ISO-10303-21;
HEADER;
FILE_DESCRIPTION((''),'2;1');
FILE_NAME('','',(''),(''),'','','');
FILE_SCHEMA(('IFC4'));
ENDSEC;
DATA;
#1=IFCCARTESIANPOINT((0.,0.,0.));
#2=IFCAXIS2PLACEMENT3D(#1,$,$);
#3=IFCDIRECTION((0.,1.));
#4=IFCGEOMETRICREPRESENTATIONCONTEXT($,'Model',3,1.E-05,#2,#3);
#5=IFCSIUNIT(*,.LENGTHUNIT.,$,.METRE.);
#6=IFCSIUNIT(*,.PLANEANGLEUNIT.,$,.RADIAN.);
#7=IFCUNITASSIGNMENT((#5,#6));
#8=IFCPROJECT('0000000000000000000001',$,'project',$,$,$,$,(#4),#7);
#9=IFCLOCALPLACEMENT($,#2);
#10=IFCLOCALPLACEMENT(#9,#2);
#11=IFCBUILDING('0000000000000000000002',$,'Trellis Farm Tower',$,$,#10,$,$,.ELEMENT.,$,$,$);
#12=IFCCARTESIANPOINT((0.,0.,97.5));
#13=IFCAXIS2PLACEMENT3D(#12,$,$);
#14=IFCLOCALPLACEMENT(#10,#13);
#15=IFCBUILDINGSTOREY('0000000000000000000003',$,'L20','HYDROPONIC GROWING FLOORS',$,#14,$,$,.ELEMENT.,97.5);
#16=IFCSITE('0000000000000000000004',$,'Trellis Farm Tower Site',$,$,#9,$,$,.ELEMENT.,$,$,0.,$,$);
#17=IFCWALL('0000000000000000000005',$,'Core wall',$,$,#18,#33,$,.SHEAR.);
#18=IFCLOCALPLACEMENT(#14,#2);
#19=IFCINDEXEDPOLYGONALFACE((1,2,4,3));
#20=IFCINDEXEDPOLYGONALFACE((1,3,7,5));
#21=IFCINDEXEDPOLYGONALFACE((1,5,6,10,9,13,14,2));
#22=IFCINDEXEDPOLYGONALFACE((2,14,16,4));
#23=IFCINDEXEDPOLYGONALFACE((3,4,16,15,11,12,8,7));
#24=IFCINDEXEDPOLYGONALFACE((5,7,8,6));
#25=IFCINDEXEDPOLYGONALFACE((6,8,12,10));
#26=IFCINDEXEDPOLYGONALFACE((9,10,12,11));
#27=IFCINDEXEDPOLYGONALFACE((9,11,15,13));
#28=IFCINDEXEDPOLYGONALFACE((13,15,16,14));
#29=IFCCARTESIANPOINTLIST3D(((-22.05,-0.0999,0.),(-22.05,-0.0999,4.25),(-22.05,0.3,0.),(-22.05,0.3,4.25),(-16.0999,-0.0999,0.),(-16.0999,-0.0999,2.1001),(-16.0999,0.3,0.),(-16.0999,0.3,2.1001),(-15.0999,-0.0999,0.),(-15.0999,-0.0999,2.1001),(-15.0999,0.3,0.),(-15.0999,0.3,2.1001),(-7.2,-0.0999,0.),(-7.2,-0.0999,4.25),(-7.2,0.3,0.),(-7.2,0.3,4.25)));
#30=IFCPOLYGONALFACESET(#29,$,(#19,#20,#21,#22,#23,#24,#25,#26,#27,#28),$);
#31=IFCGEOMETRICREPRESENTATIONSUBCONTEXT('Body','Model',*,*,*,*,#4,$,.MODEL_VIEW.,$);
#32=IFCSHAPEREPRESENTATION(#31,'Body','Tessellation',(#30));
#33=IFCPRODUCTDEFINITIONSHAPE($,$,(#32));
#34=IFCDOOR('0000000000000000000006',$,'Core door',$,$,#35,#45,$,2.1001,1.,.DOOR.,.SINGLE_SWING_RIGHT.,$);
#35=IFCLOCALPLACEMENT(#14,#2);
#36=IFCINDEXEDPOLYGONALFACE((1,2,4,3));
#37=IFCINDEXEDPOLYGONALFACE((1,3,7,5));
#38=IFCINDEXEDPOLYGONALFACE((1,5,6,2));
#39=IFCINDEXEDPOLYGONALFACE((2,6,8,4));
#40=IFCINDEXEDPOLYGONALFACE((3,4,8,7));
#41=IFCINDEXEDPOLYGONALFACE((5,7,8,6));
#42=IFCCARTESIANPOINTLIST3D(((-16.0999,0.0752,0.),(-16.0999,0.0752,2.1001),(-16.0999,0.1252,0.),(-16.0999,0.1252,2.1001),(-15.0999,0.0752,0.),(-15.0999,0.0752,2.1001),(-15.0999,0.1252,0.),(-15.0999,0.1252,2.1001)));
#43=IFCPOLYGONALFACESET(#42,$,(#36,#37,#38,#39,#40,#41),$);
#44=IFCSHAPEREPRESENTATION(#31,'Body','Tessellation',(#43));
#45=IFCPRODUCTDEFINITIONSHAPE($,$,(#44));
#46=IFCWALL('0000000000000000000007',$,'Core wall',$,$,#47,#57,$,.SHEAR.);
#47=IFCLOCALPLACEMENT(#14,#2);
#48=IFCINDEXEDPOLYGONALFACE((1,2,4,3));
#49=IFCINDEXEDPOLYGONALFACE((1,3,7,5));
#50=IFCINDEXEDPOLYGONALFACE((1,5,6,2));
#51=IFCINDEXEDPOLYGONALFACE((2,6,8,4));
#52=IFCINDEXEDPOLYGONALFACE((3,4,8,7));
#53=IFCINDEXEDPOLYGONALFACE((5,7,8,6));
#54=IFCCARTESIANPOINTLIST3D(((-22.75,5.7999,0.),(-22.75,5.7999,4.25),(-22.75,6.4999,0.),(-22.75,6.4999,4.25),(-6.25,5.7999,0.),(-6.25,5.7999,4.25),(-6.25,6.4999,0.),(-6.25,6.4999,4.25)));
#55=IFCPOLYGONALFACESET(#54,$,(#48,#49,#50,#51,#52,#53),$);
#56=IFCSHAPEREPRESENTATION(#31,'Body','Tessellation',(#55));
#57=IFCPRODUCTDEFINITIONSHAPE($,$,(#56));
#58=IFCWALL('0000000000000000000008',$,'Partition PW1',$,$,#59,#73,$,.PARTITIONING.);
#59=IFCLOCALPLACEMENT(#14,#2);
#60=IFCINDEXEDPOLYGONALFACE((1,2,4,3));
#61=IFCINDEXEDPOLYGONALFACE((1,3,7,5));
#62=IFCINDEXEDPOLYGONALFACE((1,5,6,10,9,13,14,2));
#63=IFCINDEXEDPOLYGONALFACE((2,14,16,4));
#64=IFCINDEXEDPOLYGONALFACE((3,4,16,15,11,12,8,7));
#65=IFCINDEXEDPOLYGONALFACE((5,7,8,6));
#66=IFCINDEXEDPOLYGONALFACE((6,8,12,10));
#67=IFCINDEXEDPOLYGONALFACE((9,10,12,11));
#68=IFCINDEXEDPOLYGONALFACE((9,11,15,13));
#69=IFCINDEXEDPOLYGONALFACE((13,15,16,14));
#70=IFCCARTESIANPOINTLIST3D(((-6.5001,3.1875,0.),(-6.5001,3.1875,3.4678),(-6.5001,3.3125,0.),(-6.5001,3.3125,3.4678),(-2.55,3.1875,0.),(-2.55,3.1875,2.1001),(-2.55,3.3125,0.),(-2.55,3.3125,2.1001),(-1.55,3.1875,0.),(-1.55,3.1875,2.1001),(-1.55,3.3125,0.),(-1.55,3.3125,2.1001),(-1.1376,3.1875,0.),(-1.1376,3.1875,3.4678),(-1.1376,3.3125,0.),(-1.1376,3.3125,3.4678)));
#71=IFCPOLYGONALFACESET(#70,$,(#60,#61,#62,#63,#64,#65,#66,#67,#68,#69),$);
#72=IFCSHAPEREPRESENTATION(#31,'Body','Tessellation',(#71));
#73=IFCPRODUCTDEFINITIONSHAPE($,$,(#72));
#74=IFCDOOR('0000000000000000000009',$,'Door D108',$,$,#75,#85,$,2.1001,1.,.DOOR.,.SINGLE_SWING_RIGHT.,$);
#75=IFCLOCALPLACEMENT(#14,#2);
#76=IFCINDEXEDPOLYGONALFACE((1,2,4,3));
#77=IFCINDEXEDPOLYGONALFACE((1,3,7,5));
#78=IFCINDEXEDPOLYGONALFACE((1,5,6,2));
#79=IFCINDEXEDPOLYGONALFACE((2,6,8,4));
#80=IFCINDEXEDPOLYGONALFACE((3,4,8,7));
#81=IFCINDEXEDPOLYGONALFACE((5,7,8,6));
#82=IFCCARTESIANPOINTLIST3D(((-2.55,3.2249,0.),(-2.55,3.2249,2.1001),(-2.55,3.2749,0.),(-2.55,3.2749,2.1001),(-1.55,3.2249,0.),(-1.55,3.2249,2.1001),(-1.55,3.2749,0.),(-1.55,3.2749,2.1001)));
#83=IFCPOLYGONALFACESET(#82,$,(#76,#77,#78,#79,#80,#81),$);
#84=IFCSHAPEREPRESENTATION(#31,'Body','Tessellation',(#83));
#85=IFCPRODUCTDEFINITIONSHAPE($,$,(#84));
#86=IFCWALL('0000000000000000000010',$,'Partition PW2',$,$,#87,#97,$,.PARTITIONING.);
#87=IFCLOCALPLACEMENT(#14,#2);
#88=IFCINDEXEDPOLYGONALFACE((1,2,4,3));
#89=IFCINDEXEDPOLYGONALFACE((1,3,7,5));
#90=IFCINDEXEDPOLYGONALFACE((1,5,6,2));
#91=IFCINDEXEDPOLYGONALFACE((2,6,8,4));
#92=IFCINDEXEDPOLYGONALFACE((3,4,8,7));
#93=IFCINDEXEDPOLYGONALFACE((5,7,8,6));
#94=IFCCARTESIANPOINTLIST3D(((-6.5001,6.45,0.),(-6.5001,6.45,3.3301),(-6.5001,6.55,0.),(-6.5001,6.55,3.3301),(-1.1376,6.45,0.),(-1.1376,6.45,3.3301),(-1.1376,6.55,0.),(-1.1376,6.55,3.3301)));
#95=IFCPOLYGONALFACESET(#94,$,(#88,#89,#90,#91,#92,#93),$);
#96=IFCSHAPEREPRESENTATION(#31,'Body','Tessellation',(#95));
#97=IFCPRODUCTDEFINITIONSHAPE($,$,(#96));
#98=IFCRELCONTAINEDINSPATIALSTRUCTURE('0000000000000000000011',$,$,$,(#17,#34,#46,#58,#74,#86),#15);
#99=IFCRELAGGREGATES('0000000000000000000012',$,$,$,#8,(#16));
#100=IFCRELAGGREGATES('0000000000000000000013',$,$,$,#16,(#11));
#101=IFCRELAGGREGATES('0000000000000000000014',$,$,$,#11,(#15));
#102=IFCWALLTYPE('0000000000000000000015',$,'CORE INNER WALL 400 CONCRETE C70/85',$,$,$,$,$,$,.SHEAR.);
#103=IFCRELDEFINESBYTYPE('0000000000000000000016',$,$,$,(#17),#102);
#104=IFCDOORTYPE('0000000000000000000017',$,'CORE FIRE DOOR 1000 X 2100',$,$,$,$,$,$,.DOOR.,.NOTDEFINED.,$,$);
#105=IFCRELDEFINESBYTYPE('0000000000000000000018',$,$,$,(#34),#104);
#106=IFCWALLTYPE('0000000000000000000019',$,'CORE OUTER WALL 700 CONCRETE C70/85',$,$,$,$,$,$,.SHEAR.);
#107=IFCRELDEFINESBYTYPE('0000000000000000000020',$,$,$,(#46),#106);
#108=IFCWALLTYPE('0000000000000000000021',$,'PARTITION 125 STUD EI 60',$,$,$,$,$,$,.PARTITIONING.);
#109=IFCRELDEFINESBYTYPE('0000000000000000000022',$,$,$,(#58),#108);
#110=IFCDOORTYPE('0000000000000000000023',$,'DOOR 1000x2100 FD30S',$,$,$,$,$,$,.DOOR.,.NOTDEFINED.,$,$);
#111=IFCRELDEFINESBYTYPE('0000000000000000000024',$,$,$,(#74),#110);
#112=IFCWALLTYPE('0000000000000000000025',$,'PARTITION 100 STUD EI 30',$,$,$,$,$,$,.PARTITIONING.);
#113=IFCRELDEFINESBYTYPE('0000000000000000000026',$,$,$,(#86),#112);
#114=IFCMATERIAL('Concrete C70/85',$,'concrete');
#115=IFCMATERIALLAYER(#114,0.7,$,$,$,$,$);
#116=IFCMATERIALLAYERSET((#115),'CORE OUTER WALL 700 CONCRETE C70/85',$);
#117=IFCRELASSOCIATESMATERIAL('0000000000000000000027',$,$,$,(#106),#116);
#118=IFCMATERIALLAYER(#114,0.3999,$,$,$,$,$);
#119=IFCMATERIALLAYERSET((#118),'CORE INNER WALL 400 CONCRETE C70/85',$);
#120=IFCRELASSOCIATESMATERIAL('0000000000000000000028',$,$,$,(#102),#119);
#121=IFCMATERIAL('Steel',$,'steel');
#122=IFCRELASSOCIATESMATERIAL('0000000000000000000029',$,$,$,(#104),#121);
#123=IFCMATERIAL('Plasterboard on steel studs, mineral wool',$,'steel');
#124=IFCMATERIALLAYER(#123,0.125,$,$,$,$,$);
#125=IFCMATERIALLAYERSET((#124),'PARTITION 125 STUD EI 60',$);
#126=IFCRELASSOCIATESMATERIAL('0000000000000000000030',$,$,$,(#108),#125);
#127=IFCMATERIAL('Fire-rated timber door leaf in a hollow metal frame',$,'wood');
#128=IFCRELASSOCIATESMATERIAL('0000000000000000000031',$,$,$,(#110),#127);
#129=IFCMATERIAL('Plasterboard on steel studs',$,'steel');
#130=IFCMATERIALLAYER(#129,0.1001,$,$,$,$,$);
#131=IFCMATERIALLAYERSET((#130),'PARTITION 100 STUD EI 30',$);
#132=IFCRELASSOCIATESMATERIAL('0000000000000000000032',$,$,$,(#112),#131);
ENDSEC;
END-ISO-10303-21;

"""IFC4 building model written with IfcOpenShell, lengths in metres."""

from ifc_helpers import new_model, si_unit, direction, frame, frame_2d, origin, place, context, subcontext, project, spatial, rectangle, extrude, source, transform, mapped, material, layer, layer_set, type_object, element, fill, save


model = new_model("IFC4")

# Units and contexts
model_context = context("Model", 3, precision=1e-05, world=origin(), true_north=direction((0.0, 1.0)))
body_context = subcontext(model_context, "Body", "Model", "MODEL_VIEW")
ifc_project = project(units=[si_unit("LENGTHUNIT", "METRE"), si_unit("PLANEANGLEUNIT", "RADIAN")], contexts=[model_context])

# Site, building, storey
site_placement = place(None, origin())
site = spatial("IfcSite", under=ifc_project, at=site_placement, Name="Trellis Farm Tower Site", CompositionType="ELEMENT", RefElevation=0.0)
building_placement = place(site_placement, origin())
building = spatial("IfcBuilding", under=site, at=building_placement, Name="Trellis Farm Tower", CompositionType="ELEMENT")
storey_placement = place(building_placement, frame((0.0, 0.0, 97.5)))
storey = spatial("IfcBuildingStorey", under=building, at=storey_placement, Name="L20", Description="HYDROPONIC GROWING FLOORS", CompositionType="ELEMENT", Elevation=97.5)

# Shared definitions
ifc_material_1 = material(Name="Concrete C70/85", Category="concrete")
ifc_layer_1 = layer(ifc_material_1, 0.7)
ifc_layer_set_1 = layer_set([ifc_layer_1], Name="CORE OUTER WALL 700 CONCRETE C70/85")
wall_type_1 = type_object("IfcWallType", Name="CORE OUTER WALL 700 CONCRETE C70/85", PredefinedType="SHEAR", material=ifc_layer_set_1)
ifc_material_2 = material(Name="Steel", Category="steel")

# Shared definitions
ifc_layer_2 = layer(ifc_material_1, 0.3999)
ifc_layer_set_2 = layer_set([ifc_layer_2], Name="CORE INNER WALL 400 CONCRETE C70/85")
wall_type_2 = type_object("IfcWallType", Name="CORE INNER WALL 400 CONCRETE C70/85", PredefinedType="SHEAR", material=ifc_layer_set_2)

# Wall, opening, door
shared_shape_1 = source(origin(), body_context, "Body", "SweptSolid", [
    extrude(rectangle(XDim=14.8501, YDim=0.3999, at=frame_2d((7.425, 0.0))), origin(), (0.0, 0.0, 1.0), 4.25),
])
wall_1_placement = place(storey_placement, frame((-7.2, 0.1001, 0.0), z_axis=(0.0, 0.0, 1.0), x_axis=(-1.0, 0.0, 0.0)))
wall_1 = element("IfcWall", 1, at=wall_1_placement, inside=storey, type_object=wall_type_2, Name="Core wall", PredefinedType="SHEAR", context=body_context, shape_type="MappedRepresentation", body=[
    mapped(shared_shape_1, transform((0.0, 0.0, 0.0))),
])
shared_shape_2 = source(origin(), body_context, "Body", "SweptSolid", [
    extrude(rectangle(XDim=1.0, YDim=2.1001, at=frame_2d((0.5, 1.05))), frame((0.0, 0.21, 0.0), z_axis=(0.0, -1.0, 0.0), x_axis=(1.0, 0.0, 0.0)), (0.0, 0.0, 1.0), 0.4199),
])
opening_1_placement = place(wall_1_placement, frame((7.8999, 0.0, 0.0)))
opening_1 = element("IfcOpeningElement", 2, at=opening_1_placement, cuts=wall_1, PredefinedType="OPENING", context=body_context, shape_type="MappedRepresentation", body=[
    mapped(shared_shape_2, transform((0.0, 0.0, 0.0))),
])
door_type_1 = type_object("IfcDoorType", Name="CORE FIRE DOOR 1000 X 2100", OperationType="NOTDEFINED", PredefinedType="DOOR", material=ifc_material_2)
shared_shape_3 = source(origin(), body_context, "Body", "SweptSolid", [
    extrude(rectangle(XDim=1.0, YDim=2.1001, at=frame_2d((0.5, 1.05))), frame((0.0, 0.0249, 0.0), z_axis=(0.0, -1.0, 0.0), x_axis=(1.0, 0.0, 0.0)), (0.0, 0.0, 1.0), 0.05),
])
door_1_placement = place(opening_1_placement, origin())
door_1 = element("IfcDoor", 3, at=door_1_placement, inside=storey, type_object=door_type_1, Name="Core door", OperationType="SINGLE_SWING_RIGHT", OverallHeight=2.1001, OverallWidth=1.0, PredefinedType="DOOR", context=body_context, shape_type="MappedRepresentation", body=[
    mapped(shared_shape_3, transform((0.0, 0.0, 0.0))),
])
fill(opening_1, door_1)

# Wall
shared_shape_4 = source(origin(), body_context, "Body", "SweptSolid", [
    extrude(rectangle(XDim=16.5, YDim=0.7, at=frame_2d((8.25, 0.0))), origin(), (0.0, 0.0, 1.0), 4.25),
])
wall_2_placement = place(storey_placement, frame((-6.25, 6.1499, 0.0), z_axis=(0.0, 0.0, 1.0), x_axis=(-1.0, 0.0, 0.0)))
element("IfcWall", 4, at=wall_2_placement, inside=storey, type_object=wall_type_1, Name="Core wall", PredefinedType="SHEAR", context=body_context, shape_type="MappedRepresentation", body=[
    mapped(shared_shape_4, transform((0.0, 0.0, 0.0))),
])

# Wall, opening, door
ifc_material_3 = material(Name="Plasterboard on steel studs, mineral wool", Category="steel")
ifc_layer_3 = layer(ifc_material_3, 0.125)
ifc_layer_set_3 = layer_set([ifc_layer_3], Name="PARTITION 125 STUD EI 60")
wall_type_3 = type_object("IfcWallType", Name="PARTITION 125 STUD EI 60", PredefinedType="PARTITIONING", material=ifc_layer_set_3)
shared_shape_5 = source(origin(), body_context, "Body", "SweptSolid", [
    extrude(rectangle(XDim=5.3625, YDim=0.125, at=frame_2d((2.6812, 0.0))), origin(), (0.0, 0.0, 1.0), 3.4678),
])
wall_3_placement = place(storey_placement, frame((-6.5, 3.25, 0.0), z_axis=(0.0, 0.0, 1.0), x_axis=(1.0, 0.0, 0.0)))
wall_3 = element("IfcWall", 5, at=wall_3_placement, inside=storey, type_object=wall_type_3, Name="Partition PW1", PredefinedType="PARTITIONING", context=body_context, shape_type="MappedRepresentation", body=[
    mapped(shared_shape_5, transform((0.0, 0.0, 0.0))),
])
shared_shape_6 = source(origin(), body_context, "Body", "SweptSolid", [
    extrude(rectangle(XDim=1.0, YDim=2.1001, at=frame_2d((0.5, 1.05))), frame((0.0, 0.0725, 0.0), z_axis=(0.0, -1.0, 0.0), x_axis=(1.0, 0.0, 0.0)), (0.0, 0.0, 1.0), 0.145),
])
opening_2_placement = place(wall_3_placement, frame((3.95, 0.0, 0.0)))
opening_2 = element("IfcOpeningElement", 6, at=opening_2_placement, cuts=wall_3, PredefinedType="OPENING", context=body_context, shape_type="MappedRepresentation", body=[
    mapped(shared_shape_6, transform((0.0, 0.0, 0.0))),
])
ifc_material_4 = material(Name="Fire-rated timber door leaf in a hollow metal frame", Category="wood")
door_type_2 = type_object("IfcDoorType", Name="DOOR 1000x2100 FD30S", OperationType="NOTDEFINED", PredefinedType="DOOR", material=ifc_material_4)
door_2_placement = place(opening_2_placement, origin())
door_2 = element("IfcDoor", 7, at=door_2_placement, inside=storey, type_object=door_type_2, Name="Door D108", OperationType="SINGLE_SWING_RIGHT", OverallHeight=2.1001, OverallWidth=1.0, PredefinedType="DOOR", context=body_context, shape_type="MappedRepresentation", body=[
    mapped(shared_shape_3, transform((0.0, 0.0, 0.0))),
])
fill(opening_2, door_2)

# Wall
ifc_material_5 = material(Name="Plasterboard on steel studs", Category="steel")
ifc_layer_4 = layer(ifc_material_5, 0.1001)
ifc_layer_set_4 = layer_set([ifc_layer_4], Name="PARTITION 100 STUD EI 30")
wall_type_4 = type_object("IfcWallType", Name="PARTITION 100 STUD EI 30", PredefinedType="PARTITIONING", material=ifc_layer_set_4)
shared_shape_7 = source(origin(), body_context, "Body", "SweptSolid", [
    extrude(rectangle(XDim=5.3625, YDim=0.1001, at=frame_2d((2.6812, 0.0))), origin(), (0.0, 0.0, 1.0), 3.3301),
])
wall_4_placement = place(storey_placement, frame((-6.5, 6.5, 0.0), z_axis=(0.0, 0.0, 1.0), x_axis=(1.0, 0.0, 0.0)))
element("IfcWall", 8, at=wall_4_placement, inside=storey, type_object=wall_type_4, Name="Partition PW2", PredefinedType="PARTITIONING", context=body_context, shape_type="MappedRepresentation", body=[
    mapped(shared_shape_7, transform((0.0, 0.0, 0.0))),
])

save(model, "model.ifc")
